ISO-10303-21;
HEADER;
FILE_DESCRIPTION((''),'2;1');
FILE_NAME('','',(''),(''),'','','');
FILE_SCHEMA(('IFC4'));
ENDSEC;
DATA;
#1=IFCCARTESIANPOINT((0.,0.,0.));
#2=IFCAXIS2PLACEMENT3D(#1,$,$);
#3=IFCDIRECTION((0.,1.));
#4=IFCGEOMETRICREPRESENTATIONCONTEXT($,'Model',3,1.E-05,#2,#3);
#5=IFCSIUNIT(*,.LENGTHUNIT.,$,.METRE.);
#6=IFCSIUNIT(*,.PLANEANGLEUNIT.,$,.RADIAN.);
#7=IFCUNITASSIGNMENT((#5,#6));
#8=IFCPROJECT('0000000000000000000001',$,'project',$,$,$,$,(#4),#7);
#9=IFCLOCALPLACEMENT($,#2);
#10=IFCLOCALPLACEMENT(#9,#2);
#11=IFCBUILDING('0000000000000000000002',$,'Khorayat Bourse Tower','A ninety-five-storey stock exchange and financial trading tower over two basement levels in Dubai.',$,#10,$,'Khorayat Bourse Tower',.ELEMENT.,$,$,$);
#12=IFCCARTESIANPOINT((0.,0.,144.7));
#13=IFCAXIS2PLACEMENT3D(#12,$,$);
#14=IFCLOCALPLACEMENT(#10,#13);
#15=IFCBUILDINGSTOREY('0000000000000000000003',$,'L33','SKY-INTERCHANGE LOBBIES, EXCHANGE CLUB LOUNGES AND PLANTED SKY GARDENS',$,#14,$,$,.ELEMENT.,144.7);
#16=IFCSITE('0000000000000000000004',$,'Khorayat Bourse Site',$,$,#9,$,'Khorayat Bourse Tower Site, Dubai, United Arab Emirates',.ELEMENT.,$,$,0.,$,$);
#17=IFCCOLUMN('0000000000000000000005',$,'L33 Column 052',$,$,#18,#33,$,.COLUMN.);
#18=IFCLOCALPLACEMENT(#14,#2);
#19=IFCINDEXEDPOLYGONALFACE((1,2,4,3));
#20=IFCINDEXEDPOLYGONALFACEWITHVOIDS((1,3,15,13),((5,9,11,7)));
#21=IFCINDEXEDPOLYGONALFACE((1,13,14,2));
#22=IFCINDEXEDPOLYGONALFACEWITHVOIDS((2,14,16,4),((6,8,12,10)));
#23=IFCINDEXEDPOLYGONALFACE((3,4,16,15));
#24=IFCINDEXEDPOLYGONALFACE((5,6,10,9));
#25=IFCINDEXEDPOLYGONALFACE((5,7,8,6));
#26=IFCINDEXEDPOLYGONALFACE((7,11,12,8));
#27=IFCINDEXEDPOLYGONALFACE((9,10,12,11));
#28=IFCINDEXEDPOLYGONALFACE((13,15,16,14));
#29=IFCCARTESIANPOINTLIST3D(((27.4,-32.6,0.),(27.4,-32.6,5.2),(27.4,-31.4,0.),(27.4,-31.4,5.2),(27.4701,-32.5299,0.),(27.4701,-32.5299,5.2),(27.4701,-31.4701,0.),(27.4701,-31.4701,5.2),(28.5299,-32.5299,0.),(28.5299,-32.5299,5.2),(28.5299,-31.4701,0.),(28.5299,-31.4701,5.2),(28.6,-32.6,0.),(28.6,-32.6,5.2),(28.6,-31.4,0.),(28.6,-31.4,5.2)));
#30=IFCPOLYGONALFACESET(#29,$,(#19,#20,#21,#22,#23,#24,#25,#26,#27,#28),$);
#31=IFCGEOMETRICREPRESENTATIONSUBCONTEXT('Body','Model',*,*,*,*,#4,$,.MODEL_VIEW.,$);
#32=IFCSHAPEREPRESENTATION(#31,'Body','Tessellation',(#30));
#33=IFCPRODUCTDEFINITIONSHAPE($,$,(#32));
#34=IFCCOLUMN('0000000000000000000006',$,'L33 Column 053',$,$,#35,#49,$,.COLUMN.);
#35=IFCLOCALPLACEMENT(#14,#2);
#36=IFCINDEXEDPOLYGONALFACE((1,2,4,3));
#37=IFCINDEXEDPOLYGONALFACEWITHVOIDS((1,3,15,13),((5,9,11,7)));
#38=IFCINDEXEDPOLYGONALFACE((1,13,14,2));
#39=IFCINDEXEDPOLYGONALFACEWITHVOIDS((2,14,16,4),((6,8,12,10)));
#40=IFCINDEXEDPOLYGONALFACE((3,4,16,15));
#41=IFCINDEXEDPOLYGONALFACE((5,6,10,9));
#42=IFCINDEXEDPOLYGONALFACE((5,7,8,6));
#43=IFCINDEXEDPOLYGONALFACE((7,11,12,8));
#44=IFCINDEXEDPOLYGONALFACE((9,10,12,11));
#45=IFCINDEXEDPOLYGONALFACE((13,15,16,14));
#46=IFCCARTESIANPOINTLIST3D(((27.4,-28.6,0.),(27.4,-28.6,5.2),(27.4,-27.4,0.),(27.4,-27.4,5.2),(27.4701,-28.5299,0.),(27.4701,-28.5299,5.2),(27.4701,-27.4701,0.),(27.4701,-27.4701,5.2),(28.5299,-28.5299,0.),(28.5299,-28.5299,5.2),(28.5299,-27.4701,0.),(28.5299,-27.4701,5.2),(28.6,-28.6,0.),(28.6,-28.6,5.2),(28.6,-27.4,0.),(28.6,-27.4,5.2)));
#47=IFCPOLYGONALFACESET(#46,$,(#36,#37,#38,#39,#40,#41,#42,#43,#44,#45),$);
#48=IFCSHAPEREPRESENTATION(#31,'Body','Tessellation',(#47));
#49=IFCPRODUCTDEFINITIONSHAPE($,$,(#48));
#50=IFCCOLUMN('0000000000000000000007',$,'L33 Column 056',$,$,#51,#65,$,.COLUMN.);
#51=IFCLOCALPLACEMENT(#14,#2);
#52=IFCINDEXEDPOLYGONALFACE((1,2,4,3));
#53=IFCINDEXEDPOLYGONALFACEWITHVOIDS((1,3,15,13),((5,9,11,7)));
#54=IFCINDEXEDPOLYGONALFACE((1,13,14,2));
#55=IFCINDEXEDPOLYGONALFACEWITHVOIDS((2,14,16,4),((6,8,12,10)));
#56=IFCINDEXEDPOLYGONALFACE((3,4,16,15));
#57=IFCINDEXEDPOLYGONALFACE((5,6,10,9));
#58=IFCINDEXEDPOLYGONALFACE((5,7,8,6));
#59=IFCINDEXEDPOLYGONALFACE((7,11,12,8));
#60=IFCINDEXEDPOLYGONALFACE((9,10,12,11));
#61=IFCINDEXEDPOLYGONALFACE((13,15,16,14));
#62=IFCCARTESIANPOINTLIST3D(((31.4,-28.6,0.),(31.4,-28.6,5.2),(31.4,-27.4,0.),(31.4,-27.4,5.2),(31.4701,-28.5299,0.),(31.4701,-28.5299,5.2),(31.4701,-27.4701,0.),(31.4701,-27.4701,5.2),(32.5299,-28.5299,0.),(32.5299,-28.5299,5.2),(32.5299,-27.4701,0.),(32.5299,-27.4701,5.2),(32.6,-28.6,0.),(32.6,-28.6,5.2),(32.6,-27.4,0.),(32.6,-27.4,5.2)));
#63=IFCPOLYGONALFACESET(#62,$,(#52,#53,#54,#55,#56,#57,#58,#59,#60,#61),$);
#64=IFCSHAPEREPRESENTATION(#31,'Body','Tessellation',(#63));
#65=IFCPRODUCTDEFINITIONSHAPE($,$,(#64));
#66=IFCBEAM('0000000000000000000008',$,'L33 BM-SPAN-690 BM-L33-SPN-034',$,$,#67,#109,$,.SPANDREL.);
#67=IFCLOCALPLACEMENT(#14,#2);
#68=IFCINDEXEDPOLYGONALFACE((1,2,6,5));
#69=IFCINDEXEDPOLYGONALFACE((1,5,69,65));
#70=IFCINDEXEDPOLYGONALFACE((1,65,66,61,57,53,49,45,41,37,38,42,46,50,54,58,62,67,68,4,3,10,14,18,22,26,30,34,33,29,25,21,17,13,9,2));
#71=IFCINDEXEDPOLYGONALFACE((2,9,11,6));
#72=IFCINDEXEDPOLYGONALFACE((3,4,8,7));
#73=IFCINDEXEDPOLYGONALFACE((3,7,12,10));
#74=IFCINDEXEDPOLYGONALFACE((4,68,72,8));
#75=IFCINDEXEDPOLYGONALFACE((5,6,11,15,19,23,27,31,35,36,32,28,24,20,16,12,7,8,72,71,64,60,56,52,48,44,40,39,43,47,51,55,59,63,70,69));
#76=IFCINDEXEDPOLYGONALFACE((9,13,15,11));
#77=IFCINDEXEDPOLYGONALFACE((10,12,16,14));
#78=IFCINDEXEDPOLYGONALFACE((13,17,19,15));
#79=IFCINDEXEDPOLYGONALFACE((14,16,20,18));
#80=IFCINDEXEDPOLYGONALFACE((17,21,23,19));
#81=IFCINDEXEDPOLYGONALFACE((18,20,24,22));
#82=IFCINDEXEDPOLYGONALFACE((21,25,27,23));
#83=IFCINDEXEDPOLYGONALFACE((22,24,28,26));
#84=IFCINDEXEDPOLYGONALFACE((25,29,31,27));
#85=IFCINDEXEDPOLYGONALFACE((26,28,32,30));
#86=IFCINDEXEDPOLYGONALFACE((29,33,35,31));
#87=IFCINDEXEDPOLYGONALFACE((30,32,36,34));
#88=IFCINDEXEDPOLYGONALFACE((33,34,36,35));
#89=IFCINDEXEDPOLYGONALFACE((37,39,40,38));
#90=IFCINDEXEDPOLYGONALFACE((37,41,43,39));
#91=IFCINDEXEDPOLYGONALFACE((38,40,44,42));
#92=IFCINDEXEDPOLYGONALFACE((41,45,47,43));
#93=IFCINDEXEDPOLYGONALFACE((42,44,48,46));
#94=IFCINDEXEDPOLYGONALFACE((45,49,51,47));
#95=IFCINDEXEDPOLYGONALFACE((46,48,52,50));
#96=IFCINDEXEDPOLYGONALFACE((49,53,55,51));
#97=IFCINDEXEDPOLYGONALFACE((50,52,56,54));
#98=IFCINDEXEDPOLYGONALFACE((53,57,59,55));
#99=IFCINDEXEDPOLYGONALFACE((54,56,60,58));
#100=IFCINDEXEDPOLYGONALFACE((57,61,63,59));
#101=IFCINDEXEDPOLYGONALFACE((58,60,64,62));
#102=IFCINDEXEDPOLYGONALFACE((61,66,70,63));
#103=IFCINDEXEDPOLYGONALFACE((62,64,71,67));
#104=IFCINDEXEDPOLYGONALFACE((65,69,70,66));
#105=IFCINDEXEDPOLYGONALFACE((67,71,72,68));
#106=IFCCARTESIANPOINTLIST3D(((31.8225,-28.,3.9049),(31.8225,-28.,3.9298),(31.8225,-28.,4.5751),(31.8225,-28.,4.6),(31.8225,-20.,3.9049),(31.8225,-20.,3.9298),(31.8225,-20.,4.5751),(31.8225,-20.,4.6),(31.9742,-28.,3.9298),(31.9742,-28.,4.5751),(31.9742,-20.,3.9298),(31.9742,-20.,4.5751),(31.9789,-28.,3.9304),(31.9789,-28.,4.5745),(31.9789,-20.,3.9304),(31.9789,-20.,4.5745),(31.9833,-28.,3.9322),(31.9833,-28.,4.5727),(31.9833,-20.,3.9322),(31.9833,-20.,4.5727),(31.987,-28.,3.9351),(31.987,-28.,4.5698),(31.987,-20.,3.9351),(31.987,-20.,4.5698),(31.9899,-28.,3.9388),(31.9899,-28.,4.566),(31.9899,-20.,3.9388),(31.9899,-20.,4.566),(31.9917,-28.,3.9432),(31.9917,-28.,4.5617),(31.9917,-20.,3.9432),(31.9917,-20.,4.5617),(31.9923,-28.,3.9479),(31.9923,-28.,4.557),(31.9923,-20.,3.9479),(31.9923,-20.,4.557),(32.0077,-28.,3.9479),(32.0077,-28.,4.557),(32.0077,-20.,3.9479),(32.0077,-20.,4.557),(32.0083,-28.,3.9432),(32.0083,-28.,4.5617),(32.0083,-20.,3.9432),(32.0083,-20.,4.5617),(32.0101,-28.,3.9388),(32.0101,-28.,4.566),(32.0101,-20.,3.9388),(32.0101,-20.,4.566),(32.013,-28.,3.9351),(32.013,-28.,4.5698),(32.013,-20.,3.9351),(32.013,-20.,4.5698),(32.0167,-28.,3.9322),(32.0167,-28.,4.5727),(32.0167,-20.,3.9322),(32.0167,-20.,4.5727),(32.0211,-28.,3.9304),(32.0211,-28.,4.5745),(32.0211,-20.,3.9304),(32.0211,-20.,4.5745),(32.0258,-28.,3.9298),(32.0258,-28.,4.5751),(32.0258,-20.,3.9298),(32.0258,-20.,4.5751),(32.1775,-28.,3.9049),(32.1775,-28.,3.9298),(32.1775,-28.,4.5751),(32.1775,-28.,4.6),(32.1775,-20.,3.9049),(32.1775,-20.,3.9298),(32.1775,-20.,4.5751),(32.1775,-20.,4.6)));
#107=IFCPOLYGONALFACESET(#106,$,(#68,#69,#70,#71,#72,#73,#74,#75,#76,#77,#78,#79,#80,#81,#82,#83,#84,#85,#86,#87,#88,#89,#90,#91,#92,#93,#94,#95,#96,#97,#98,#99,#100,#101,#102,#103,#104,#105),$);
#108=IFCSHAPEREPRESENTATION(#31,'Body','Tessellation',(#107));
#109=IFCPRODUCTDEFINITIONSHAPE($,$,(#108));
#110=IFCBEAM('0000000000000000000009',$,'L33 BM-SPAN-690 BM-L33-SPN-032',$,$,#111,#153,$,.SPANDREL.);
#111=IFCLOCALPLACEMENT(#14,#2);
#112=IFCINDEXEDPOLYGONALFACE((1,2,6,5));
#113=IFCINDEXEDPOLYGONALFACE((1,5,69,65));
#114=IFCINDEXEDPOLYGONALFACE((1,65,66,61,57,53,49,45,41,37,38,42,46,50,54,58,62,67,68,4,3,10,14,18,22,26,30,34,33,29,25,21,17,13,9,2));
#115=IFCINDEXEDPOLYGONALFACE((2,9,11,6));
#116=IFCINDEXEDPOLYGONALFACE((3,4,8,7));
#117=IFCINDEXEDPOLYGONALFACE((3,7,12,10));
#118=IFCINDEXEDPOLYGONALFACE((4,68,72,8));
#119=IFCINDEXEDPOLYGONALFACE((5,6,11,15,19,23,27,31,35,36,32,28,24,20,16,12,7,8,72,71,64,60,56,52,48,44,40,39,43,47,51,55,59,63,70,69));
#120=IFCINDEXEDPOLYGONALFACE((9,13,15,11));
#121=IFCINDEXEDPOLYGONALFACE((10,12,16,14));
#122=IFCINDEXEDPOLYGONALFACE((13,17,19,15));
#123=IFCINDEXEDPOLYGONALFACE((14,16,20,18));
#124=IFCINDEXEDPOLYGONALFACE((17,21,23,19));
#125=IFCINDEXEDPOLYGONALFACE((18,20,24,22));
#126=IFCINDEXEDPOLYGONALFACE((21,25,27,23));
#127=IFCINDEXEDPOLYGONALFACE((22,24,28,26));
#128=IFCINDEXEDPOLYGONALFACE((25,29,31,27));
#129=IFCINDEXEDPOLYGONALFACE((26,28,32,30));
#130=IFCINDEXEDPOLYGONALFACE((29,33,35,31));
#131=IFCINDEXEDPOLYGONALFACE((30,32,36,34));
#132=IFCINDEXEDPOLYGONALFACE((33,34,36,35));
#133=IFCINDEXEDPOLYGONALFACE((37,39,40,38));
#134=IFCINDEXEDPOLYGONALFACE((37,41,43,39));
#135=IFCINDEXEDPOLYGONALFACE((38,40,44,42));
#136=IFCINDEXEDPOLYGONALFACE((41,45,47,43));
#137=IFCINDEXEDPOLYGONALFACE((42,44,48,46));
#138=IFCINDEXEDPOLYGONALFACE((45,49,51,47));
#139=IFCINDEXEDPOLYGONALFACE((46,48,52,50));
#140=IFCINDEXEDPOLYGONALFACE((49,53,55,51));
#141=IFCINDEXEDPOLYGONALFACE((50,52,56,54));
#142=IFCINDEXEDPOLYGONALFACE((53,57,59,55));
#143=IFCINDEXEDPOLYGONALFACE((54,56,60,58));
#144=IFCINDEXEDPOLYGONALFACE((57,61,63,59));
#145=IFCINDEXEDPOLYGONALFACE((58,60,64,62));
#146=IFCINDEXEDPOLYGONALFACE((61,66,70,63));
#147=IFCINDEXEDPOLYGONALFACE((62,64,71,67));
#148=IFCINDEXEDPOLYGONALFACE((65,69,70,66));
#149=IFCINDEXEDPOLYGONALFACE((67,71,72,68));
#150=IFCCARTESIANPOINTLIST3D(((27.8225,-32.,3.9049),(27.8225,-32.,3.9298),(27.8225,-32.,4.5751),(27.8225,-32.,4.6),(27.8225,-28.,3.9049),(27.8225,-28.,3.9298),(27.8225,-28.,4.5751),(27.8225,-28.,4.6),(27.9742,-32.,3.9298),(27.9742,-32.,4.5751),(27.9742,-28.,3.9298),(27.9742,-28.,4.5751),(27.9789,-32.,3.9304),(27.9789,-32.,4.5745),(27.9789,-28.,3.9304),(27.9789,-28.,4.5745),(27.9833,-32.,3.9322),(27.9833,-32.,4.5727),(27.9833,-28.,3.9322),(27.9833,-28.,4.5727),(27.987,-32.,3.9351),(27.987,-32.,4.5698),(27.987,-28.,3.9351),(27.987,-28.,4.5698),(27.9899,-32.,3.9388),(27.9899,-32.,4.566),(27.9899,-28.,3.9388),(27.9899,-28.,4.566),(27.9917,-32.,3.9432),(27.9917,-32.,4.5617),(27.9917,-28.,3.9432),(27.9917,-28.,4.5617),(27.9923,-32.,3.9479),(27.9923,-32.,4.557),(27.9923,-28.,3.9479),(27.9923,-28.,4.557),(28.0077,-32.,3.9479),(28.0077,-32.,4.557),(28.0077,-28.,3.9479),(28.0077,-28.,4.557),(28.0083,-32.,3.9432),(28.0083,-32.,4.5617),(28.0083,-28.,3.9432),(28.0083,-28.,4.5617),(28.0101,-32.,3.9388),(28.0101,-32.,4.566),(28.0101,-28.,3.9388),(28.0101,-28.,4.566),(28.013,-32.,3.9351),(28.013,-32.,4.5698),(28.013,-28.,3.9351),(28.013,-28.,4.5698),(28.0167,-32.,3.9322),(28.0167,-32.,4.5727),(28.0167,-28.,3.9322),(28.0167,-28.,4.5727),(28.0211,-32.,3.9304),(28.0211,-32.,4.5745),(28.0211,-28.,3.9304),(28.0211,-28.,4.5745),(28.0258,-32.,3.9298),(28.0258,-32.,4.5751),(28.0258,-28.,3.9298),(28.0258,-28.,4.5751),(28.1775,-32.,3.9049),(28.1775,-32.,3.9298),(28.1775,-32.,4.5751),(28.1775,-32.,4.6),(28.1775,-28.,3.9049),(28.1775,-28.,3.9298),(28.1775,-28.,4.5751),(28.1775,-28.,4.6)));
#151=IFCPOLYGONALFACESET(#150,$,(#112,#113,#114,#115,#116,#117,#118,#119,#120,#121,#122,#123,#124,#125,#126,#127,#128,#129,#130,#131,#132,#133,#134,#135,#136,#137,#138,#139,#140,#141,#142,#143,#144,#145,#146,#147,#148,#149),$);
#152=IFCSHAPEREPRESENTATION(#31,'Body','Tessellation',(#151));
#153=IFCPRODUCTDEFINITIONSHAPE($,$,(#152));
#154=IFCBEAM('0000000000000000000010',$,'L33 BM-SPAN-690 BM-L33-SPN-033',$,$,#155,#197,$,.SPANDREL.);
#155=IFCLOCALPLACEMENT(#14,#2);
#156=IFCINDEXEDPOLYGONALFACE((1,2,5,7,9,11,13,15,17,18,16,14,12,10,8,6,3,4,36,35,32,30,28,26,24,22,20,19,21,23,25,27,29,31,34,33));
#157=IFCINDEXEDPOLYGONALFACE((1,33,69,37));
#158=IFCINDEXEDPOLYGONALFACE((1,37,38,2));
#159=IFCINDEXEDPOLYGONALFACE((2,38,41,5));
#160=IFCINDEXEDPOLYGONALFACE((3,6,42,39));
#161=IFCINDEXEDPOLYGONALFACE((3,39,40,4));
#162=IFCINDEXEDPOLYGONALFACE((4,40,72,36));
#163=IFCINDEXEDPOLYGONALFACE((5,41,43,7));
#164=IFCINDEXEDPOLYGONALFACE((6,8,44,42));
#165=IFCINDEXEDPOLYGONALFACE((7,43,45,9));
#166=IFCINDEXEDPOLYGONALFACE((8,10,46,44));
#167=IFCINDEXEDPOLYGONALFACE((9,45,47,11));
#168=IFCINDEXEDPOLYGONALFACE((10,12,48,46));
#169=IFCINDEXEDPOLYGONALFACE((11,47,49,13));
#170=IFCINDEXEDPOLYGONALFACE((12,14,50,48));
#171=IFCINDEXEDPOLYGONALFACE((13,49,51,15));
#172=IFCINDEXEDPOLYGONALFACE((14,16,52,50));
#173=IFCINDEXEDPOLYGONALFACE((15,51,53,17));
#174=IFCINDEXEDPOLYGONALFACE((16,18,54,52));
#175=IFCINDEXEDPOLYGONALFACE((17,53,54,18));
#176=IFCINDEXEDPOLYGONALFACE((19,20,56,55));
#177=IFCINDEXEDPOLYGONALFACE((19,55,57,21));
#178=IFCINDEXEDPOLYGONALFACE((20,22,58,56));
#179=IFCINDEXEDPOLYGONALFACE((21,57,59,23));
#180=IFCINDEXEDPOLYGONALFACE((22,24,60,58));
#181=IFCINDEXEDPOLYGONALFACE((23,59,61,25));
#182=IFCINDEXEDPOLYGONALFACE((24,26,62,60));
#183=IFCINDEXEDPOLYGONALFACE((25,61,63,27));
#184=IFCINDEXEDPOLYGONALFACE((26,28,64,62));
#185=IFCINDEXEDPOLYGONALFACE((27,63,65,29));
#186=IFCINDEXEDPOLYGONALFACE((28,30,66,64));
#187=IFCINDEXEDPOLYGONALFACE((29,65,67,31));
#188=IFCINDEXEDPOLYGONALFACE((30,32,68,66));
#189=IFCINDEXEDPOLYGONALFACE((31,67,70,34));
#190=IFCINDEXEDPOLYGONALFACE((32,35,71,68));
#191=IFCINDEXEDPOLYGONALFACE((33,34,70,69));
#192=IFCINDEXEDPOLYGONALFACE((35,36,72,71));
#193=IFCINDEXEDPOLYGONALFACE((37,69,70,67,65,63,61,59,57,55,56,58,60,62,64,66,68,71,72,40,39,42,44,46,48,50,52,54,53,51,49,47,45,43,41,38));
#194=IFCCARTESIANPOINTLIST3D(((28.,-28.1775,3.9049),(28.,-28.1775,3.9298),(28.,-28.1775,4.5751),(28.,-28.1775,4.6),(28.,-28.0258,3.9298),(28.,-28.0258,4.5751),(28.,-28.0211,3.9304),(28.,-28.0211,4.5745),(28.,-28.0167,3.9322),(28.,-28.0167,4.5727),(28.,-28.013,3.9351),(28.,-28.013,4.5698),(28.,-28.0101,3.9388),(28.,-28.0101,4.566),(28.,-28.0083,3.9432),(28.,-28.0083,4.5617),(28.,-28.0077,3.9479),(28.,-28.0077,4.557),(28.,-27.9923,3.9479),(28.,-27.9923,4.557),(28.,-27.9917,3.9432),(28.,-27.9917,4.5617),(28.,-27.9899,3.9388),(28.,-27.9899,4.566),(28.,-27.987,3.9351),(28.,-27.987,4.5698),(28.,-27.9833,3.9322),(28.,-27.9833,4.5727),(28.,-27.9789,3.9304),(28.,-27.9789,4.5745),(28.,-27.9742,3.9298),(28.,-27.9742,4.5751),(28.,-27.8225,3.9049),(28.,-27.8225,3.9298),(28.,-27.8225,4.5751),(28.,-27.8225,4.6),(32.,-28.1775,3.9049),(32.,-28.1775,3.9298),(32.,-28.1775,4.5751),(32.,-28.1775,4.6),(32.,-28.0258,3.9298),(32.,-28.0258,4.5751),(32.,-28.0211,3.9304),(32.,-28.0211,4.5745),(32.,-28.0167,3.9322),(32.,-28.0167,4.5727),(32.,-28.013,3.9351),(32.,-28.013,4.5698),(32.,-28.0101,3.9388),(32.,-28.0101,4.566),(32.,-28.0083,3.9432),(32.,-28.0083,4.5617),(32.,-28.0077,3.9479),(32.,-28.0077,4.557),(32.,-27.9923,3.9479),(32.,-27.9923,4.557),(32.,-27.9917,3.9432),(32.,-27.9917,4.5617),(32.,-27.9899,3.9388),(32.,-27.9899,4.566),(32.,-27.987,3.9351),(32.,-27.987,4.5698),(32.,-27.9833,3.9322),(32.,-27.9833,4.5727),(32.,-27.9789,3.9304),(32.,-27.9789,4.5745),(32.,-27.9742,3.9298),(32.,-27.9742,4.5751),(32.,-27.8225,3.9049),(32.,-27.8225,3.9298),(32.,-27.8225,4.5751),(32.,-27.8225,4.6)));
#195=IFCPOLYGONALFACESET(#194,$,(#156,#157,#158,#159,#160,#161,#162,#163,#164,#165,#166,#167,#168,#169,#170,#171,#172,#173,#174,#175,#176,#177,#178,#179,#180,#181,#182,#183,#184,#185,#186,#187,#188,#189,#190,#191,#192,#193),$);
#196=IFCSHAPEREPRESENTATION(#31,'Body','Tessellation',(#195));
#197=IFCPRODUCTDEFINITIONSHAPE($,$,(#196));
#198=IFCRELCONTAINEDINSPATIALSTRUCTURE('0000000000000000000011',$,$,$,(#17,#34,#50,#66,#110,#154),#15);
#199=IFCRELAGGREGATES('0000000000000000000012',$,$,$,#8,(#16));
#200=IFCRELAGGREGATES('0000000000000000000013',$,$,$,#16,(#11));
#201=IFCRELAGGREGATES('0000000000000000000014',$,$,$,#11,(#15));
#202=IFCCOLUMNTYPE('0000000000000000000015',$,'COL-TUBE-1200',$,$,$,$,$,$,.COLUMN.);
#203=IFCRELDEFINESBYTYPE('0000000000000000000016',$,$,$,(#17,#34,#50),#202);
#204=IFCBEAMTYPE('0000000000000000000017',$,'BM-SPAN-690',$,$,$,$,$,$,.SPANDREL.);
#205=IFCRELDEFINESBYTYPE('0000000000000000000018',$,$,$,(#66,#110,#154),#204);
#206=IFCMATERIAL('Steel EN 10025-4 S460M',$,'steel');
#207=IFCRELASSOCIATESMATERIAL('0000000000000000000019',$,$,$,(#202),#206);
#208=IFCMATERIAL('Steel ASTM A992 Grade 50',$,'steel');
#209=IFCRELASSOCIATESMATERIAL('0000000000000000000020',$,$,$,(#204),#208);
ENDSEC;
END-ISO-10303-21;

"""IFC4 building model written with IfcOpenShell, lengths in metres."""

from ifc_helpers import new_model, si_unit, direction, frame, origin, origin_2d, place, context, subcontext, project, spatial, hollow_rectangle, i_section, extrude, source, transform, mapped, material, material_profile, profile_set, type_object, element, save


model = new_model("IFC4")

# Units and contexts
model_context = context("Model", 3, precision=1e-05, world=origin(), true_north=direction((0.0, 1.0)))
body_context = subcontext(model_context, "Body", "Model", "MODEL_VIEW")
ifc_project = project(units=[si_unit("LENGTHUNIT", "METRE"), si_unit("PLANEANGLEUNIT", "RADIAN")], contexts=[model_context])

# Site, building, storey
site_placement = place(None, origin())
site = spatial("IfcSite", under=ifc_project, at=site_placement, Name="Khorayat Bourse Site", LongName="Khorayat Bourse Tower Site, Dubai, United Arab Emirates", CompositionType="ELEMENT", RefElevation=0.0)
building_placement = place(site_placement, origin())
building = spatial("IfcBuilding", under=site, at=building_placement, Name="Khorayat Bourse Tower", Description="A ninety-five-storey stock exchange and financial trading tower over two basement levels in Dubai.", LongName="Khorayat Bourse Tower", CompositionType="ELEMENT")
storey_placement = place(building_placement, frame((0.0, 0.0, 144.7)))
storey = spatial("IfcBuildingStorey", under=building, at=storey_placement, Name="L33", Description="SKY-INTERCHANGE LOBBIES, EXCHANGE CLUB LOUNGES AND PLANTED SKY GARDENS", CompositionType="ELEMENT", Elevation=144.7)

# Columns
ifc_material_1 = material(Name="Steel EN 10025-4 S460M", Category="steel")
ifc_material_profile_1 = material_profile(ifc_material_1, hollow_rectangle(XDim=1.2, YDim=1.2, WallThickness=0.0701, at=origin_2d()), Name="BOX 1200x1200x70")
ifc_profile_set_1 = profile_set([ifc_material_profile_1], Name="Steel EN 10025-4 S460M")
column_type = type_object("IfcColumnType", Name="COL-TUBE-1200", PredefinedType="COLUMN", material=ifc_profile_set_1)
shared_shape_1 = source(origin(), body_context, "Body", "SweptSolid", [
    extrude(hollow_rectangle(XDim=1.2, YDim=1.2, WallThickness=0.0701, at=origin_2d()), origin(), (0.0, 0.0, 1.0), 5.2),
])
for number, where, z_axis, x_axis, name in (
    (1, (28.0, -32.0, 0.0), (0.0, 0.0, 1.0), (1.0, 0.0, 0.0), "L33 Column 052"),
    (2, (28.0, -28.0, 0.0), (0.0, 0.0, 1.0), (1.0, 0.0, 0.0), "L33 Column 053"),
    (3, (32.0, -28.0, 0.0), (0.0, 0.0, 1.0), (1.0, 0.0, 0.0), "L33 Column 056"),
):
    element("IfcColumn", number, at=place(storey_placement, frame(where, z_axis=z_axis, x_axis=x_axis)), inside=storey, type_object=column_type, Name=name, PredefinedType="COLUMN", context=body_context, shape_type="MappedRepresentation", body=[
        mapped(shared_shape_1, transform((0.0, 0.0, 0.0), scale=1.0)),
    ])

# Beams
ifc_material_2 = material(Name="Steel ASTM A992 Grade 50", Category="steel")
ifc_material_profile_2 = material_profile(ifc_material_2, i_section(OverallWidth=0.355, OverallDepth=0.6951, WebThickness=0.0154, FlangeThickness=0.0249, FilletRadius=0.0181, at=origin_2d()), Name="W690X217")
ifc_profile_set_2 = profile_set([ifc_material_profile_2], Name="Steel ASTM A992 Grade 50")
beam_type_1 = type_object("IfcBeamType", Name="BM-SPAN-690", PredefinedType="SPANDREL", material=ifc_profile_set_2)
shared_shape_2 = source(origin(), body_context, "Body", "SweptSolid", [
    extrude(i_section(OverallWidth=0.355, OverallDepth=0.6951, WebThickness=0.0154, FlangeThickness=0.0249, FilletRadius=0.0181, at=origin_2d()), origin(), (0.0, 0.0, 1.0), 8.0),
])
beam_1_placement = place(storey_placement, frame((32.0, -28.0, 4.2524), z_axis=(0.0, 1.0, 0.0), x_axis=(-1.0, 0.0, 0.0)))
element("IfcBeam", 4, at=beam_1_placement, inside=storey, type_object=beam_type_1, Name="L33 BM-SPAN-690 BM-L33-SPN-034", PredefinedType="SPANDREL", context=body_context, shape_type="MappedRepresentation", body=[
    mapped(shared_shape_2, transform((0.0, 0.0, 0.0), scale=1.0)),
])
shared_shape_3 = source(origin(), body_context, "Body", "SweptSolid", [
    extrude(i_section(OverallWidth=0.355, OverallDepth=0.6951, WebThickness=0.0154, FlangeThickness=0.0249, FilletRadius=0.0181, at=origin_2d()), origin(), (0.0, 0.0, 1.0), 4.0),
])
for number, where, z_axis, x_axis, name in (
    (5, (28.0, -32.0, 4.2524), (0.0, 1.0, 0.0), (-1.0, 0.0, 0.0), "L33 BM-SPAN-690 BM-L33-SPN-032"),
    (6, (28.0, -28.0, 4.2524), (1.0, 0.0, 0.0), (0.0, 1.0, 0.0), "L33 BM-SPAN-690 BM-L33-SPN-033"),
):
    element("IfcBeam", number, at=place(storey_placement, frame(where, z_axis=z_axis, x_axis=x_axis)), inside=storey, type_object=beam_type_1, Name=name, PredefinedType="SPANDREL", context=body_context, shape_type="MappedRepresentation", body=[
        mapped(shared_shape_3, transform((0.0, 0.0, 0.0), scale=1.0)),
    ])

save(model, "model.ifc")
